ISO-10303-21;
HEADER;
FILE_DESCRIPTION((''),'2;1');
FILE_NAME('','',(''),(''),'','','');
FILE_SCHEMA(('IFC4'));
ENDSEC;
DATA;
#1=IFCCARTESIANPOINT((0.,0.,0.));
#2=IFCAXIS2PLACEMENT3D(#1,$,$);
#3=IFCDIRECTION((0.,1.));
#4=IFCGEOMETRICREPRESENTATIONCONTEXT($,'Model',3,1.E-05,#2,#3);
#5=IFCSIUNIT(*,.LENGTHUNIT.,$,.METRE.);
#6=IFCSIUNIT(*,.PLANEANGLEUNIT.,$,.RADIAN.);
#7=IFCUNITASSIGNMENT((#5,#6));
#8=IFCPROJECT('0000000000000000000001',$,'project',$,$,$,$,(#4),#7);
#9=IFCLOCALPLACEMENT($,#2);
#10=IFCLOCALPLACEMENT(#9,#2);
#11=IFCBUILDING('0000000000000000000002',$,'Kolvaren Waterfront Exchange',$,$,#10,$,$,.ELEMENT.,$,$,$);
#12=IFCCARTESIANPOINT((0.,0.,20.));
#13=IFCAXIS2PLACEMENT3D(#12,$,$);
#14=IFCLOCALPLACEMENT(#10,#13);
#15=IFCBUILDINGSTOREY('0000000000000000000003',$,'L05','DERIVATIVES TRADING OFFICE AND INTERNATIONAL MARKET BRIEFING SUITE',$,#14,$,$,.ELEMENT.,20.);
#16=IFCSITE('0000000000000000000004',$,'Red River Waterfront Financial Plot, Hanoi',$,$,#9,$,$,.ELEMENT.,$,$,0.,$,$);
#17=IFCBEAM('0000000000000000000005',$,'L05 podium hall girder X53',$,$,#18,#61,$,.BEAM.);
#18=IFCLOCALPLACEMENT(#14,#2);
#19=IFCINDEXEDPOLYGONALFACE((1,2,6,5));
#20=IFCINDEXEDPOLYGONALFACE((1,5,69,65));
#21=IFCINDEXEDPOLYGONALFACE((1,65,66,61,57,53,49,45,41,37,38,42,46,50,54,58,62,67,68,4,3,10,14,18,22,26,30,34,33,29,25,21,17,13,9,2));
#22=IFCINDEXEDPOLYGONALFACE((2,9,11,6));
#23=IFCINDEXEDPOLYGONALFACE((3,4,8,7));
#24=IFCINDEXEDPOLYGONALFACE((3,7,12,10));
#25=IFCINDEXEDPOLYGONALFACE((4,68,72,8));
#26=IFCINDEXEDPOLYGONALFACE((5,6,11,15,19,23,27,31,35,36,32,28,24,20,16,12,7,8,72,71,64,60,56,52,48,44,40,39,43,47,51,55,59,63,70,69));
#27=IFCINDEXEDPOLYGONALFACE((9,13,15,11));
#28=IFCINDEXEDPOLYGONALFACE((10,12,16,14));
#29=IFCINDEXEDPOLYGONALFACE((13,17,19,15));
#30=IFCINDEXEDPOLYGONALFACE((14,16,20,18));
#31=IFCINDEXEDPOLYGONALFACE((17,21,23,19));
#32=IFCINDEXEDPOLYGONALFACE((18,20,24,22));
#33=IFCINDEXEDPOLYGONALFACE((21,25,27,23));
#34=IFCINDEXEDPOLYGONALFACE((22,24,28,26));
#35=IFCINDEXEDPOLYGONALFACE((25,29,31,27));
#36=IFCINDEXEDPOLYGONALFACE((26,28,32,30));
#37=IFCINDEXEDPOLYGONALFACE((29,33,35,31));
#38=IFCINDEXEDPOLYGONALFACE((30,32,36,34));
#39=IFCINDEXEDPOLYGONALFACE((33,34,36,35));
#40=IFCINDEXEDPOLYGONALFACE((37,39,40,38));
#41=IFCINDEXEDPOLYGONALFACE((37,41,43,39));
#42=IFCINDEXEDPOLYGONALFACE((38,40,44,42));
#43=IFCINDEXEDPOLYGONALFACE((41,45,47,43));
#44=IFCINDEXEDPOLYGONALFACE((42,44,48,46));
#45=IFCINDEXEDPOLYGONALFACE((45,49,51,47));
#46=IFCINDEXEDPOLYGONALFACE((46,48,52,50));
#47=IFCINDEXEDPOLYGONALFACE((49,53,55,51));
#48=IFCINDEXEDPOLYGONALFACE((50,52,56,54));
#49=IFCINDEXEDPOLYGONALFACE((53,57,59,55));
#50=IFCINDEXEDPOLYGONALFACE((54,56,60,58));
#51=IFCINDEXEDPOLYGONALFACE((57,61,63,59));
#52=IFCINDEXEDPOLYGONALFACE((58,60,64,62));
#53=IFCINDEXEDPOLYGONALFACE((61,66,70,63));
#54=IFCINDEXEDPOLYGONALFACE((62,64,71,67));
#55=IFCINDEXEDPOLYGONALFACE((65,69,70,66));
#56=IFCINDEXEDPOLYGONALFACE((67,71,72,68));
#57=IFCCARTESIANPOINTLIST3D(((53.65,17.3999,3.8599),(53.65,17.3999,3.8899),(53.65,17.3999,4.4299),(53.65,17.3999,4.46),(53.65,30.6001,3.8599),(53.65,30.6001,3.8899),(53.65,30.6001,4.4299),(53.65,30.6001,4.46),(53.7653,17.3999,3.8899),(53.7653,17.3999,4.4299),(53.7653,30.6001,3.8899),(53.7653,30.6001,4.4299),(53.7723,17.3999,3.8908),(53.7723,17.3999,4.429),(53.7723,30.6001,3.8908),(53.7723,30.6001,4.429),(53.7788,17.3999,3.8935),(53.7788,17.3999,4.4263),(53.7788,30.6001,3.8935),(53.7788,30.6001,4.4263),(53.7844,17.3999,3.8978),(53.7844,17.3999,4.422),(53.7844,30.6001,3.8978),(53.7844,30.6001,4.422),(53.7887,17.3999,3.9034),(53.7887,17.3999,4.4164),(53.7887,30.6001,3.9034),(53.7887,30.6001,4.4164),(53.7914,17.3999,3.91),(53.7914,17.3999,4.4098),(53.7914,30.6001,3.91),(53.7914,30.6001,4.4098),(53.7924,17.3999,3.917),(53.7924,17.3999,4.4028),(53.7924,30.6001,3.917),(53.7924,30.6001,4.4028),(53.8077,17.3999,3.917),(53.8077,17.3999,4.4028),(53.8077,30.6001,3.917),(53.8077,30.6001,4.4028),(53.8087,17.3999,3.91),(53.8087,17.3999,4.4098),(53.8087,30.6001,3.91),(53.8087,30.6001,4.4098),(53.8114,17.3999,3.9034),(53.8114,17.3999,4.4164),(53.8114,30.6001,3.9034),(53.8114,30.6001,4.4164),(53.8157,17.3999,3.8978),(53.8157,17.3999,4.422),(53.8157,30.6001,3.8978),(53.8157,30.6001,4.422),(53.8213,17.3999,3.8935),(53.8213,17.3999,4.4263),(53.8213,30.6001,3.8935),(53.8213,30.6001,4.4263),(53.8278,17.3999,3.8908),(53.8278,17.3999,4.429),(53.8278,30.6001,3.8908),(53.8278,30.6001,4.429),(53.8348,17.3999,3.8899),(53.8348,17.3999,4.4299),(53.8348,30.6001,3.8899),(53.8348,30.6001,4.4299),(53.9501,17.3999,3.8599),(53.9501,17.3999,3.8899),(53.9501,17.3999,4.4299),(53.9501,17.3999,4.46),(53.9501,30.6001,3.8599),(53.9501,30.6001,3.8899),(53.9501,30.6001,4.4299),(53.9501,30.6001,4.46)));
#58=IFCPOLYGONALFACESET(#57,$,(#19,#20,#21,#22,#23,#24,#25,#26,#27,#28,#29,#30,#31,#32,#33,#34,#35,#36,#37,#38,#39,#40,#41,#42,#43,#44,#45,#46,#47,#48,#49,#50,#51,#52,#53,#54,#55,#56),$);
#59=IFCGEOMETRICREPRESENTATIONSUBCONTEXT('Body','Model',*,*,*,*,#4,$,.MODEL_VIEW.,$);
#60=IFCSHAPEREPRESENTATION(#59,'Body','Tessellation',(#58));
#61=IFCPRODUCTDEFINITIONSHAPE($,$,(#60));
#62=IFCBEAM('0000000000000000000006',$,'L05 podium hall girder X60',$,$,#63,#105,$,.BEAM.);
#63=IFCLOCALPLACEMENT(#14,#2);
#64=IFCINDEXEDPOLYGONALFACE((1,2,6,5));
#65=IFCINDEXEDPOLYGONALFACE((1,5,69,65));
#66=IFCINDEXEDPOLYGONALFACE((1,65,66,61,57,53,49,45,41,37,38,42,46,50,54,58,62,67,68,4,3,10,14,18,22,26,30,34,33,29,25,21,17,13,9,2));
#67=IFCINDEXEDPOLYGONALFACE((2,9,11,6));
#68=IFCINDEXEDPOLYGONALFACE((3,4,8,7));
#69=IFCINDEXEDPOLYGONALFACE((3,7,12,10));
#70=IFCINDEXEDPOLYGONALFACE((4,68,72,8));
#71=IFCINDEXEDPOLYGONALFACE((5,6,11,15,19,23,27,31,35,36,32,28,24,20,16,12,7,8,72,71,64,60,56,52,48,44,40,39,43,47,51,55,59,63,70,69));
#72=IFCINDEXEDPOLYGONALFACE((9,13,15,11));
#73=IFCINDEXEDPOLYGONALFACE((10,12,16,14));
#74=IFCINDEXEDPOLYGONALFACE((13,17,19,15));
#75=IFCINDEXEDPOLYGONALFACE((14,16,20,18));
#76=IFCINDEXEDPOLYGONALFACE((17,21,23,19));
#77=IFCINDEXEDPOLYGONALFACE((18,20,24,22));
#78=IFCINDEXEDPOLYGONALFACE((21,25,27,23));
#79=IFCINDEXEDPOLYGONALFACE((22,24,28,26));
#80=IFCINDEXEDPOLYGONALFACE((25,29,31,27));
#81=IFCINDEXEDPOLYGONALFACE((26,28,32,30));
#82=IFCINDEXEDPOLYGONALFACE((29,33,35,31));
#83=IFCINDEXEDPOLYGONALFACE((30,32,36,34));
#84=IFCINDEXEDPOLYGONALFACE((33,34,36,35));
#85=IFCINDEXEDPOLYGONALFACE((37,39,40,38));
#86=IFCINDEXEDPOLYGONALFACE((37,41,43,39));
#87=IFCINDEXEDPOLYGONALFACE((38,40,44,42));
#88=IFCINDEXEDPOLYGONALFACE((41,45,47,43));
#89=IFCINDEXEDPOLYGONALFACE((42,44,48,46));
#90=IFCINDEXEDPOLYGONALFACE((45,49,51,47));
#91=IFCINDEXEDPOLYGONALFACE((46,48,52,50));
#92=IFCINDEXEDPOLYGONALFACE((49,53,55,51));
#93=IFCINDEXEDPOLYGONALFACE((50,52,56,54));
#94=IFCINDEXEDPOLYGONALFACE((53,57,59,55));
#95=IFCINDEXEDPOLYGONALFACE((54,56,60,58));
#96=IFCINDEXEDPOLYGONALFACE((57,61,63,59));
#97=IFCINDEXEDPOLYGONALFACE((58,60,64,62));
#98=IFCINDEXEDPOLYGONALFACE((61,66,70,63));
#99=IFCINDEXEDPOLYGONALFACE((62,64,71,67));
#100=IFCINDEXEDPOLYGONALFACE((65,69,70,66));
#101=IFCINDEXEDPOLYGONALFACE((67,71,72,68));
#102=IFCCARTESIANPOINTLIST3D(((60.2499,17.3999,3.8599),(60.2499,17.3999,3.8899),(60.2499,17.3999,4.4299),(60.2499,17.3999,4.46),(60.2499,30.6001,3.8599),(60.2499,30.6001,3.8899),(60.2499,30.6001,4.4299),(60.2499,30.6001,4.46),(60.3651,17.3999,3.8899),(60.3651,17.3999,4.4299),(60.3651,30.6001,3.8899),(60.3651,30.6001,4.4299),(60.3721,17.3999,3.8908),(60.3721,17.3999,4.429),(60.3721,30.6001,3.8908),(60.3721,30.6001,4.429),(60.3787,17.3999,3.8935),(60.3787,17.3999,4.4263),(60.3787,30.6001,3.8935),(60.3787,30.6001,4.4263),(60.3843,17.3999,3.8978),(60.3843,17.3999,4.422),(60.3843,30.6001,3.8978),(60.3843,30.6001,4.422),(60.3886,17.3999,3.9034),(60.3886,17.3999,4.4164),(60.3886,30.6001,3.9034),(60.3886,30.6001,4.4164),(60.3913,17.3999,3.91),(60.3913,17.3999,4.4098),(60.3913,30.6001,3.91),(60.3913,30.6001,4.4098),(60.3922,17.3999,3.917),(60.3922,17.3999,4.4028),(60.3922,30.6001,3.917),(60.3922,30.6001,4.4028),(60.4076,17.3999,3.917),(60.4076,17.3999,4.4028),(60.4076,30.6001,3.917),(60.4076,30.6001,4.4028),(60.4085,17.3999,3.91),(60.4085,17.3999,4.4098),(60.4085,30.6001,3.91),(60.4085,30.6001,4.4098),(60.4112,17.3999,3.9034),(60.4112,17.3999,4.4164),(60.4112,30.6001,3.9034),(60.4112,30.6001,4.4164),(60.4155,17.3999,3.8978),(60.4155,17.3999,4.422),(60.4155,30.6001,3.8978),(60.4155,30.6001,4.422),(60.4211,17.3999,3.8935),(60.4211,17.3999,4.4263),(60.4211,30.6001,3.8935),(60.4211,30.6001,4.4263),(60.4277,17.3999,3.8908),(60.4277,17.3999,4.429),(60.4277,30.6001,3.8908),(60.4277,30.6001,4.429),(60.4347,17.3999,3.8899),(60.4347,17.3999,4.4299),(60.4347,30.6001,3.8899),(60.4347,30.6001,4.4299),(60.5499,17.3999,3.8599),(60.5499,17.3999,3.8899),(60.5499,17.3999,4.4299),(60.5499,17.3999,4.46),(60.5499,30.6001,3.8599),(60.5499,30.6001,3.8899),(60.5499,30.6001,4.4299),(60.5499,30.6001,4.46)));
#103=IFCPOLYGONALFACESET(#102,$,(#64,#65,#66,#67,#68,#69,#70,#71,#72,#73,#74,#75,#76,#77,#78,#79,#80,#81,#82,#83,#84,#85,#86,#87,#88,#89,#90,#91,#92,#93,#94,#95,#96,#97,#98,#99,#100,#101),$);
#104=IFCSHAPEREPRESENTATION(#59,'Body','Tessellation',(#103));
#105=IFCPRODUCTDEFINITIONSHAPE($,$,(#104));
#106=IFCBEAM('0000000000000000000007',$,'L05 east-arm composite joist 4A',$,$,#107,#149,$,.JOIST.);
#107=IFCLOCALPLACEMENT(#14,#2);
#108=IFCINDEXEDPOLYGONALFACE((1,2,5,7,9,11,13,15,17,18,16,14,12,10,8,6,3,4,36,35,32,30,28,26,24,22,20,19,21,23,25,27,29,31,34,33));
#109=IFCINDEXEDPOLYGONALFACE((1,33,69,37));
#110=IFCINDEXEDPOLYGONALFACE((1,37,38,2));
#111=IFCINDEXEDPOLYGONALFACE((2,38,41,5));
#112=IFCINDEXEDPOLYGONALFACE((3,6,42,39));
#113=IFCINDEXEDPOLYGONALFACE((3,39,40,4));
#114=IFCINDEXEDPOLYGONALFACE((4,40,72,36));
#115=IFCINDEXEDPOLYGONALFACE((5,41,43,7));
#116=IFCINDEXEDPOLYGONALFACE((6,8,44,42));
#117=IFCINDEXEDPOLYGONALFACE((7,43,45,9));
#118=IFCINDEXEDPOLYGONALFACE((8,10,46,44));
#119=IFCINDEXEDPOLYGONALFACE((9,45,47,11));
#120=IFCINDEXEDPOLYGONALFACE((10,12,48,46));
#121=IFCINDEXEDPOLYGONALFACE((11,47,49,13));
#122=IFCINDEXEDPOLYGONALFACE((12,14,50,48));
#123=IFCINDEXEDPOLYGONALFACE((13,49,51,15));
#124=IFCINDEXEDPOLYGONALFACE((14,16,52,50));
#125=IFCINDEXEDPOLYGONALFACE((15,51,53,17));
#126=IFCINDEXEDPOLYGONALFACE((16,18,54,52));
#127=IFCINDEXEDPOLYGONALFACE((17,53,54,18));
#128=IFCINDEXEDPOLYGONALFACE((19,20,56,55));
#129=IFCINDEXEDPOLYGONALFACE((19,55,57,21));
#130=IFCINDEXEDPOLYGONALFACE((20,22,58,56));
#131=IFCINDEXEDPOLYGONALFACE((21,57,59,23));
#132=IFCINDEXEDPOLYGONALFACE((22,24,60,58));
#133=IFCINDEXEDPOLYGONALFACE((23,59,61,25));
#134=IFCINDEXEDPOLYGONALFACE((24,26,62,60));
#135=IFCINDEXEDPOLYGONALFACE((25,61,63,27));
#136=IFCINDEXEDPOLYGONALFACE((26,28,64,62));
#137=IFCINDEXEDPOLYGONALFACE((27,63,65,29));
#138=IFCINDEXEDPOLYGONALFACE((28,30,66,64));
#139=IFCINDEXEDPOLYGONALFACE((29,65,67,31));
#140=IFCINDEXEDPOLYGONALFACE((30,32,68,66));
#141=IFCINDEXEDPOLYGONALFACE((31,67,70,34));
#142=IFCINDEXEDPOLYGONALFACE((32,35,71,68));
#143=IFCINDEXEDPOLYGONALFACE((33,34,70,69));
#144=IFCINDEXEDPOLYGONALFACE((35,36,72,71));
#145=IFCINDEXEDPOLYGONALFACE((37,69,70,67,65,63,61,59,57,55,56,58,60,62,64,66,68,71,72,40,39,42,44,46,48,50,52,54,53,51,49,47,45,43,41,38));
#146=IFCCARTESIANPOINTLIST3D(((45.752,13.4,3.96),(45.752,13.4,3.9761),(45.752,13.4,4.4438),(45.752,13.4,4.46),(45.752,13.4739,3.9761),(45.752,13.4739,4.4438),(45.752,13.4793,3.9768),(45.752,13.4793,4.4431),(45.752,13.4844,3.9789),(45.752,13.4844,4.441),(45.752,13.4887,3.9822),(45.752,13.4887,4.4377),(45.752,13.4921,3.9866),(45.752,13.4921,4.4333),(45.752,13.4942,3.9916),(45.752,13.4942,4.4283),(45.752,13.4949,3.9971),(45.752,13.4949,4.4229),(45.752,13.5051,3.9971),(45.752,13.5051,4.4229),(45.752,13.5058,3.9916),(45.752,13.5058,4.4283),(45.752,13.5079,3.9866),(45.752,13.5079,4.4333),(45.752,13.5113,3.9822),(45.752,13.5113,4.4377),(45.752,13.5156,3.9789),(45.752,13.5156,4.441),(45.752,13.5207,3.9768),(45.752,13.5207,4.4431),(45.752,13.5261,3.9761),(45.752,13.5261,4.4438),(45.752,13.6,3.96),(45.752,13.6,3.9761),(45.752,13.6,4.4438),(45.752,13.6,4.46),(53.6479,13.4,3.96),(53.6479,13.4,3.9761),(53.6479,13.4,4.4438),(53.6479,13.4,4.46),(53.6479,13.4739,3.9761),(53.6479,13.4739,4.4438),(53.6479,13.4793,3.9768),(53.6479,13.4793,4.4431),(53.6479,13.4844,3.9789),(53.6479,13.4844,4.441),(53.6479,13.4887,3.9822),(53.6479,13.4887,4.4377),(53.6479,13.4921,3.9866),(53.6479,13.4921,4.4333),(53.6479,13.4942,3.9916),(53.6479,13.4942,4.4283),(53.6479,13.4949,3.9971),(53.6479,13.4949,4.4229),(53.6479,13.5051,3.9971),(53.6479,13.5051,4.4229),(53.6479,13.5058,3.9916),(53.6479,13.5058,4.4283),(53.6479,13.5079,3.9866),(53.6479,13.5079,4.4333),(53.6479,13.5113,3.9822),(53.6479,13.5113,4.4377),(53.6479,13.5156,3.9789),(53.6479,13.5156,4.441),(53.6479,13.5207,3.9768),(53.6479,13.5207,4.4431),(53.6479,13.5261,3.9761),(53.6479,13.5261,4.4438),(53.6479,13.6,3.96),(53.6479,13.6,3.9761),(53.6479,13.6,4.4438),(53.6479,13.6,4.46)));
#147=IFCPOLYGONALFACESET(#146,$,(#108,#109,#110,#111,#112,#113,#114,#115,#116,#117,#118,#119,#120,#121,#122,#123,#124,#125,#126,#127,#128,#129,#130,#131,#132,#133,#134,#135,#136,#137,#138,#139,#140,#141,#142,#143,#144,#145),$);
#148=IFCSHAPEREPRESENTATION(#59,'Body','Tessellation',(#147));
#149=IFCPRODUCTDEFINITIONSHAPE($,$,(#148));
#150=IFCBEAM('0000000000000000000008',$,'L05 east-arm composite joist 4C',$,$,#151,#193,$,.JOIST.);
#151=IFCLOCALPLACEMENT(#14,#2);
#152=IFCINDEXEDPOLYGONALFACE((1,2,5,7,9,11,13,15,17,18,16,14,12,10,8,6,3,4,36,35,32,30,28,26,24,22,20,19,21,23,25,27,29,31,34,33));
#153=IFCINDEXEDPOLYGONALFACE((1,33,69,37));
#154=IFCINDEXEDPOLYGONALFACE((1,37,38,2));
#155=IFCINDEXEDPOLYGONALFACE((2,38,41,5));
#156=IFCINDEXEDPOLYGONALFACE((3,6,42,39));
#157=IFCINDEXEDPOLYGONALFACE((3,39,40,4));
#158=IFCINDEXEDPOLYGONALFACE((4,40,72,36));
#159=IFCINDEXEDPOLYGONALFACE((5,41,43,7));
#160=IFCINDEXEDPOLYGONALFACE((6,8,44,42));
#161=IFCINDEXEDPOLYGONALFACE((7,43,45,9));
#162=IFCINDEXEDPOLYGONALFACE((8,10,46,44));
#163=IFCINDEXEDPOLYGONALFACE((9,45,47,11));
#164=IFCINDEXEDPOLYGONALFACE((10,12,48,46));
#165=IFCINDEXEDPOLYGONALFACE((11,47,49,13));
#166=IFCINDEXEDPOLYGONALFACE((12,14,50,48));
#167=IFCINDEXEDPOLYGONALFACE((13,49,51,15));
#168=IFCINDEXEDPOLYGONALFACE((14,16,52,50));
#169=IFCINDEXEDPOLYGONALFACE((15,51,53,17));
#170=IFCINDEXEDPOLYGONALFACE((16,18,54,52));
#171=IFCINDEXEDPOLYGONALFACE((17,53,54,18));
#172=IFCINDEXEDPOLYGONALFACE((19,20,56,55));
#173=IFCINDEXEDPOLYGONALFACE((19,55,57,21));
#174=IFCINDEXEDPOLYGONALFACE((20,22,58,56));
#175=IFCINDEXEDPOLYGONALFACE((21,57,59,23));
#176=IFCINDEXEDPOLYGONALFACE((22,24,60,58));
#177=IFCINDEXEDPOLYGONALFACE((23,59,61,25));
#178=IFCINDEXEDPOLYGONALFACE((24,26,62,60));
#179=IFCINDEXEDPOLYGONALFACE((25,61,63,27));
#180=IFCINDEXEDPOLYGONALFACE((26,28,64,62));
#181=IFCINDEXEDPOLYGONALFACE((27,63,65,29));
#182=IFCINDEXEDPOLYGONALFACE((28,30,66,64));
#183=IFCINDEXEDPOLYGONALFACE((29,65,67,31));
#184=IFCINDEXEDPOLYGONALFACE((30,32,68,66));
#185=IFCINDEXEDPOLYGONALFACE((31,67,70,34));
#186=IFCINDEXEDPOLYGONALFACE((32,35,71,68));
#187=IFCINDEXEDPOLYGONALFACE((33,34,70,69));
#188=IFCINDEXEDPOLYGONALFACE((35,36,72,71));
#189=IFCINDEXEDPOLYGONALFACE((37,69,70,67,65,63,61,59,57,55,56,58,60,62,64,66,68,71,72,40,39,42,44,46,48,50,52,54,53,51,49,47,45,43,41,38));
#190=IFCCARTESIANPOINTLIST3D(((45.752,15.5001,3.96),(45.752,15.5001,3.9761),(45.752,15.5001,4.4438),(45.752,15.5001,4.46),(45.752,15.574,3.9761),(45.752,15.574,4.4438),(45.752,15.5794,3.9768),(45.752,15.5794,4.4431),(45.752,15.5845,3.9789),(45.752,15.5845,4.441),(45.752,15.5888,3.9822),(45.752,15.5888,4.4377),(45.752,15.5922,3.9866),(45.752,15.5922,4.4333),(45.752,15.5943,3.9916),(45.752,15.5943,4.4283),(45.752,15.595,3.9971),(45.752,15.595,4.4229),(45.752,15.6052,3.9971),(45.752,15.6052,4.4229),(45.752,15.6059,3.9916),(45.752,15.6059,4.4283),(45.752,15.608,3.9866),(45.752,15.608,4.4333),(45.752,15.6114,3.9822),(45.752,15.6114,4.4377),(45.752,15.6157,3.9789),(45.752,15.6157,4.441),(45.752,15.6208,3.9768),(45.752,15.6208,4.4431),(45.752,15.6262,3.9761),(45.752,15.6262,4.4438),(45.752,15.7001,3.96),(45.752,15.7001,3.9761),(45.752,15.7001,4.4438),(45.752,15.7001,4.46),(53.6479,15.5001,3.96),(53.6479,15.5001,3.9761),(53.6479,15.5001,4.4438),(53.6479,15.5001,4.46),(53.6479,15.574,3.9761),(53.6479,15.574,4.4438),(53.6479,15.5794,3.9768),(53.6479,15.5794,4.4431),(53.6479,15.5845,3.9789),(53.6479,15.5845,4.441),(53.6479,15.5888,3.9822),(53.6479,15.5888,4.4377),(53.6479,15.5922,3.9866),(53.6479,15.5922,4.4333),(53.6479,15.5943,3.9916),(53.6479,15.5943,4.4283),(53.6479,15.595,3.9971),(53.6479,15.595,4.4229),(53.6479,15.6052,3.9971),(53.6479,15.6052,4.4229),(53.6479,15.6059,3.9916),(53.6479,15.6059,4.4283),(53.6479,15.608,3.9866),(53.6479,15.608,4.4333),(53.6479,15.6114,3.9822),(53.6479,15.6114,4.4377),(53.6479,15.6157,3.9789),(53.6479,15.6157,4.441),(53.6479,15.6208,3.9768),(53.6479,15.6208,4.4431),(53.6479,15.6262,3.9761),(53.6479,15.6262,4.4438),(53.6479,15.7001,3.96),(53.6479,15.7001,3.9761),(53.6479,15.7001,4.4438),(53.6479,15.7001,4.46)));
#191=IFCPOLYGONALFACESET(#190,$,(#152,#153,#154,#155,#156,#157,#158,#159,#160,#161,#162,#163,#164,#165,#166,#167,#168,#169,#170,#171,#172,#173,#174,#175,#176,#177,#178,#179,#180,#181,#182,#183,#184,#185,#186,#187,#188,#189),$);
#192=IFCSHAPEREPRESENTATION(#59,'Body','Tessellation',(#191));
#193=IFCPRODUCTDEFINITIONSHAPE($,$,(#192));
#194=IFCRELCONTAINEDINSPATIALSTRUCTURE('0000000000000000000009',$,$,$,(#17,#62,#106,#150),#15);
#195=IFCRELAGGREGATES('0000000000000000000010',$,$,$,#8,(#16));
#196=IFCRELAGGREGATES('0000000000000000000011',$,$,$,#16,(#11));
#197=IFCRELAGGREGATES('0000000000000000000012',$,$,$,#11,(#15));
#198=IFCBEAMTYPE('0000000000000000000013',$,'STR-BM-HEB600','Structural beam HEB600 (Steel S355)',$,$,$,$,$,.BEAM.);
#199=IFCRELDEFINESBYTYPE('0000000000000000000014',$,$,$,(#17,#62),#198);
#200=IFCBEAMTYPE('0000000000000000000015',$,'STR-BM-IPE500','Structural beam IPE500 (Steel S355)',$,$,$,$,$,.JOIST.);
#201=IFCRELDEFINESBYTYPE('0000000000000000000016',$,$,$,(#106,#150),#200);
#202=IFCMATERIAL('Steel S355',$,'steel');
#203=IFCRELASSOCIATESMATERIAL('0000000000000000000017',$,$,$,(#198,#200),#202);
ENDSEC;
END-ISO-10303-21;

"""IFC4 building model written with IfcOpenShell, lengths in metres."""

from ifc_helpers import new_model, si_unit, direction, frame, origin, origin_2d, place, context, subcontext, project, spatial, i_section, extrude, material, material_profile, profile_set, type_object, element, save


model = new_model("IFC4")

# Units and contexts
model_context = context("Model", 3, precision=1e-05, world=origin(), true_north=direction((0.0, 1.0)))
body_context = subcontext(model_context, "Body", "Model", "MODEL_VIEW")
ifc_project = project(units=[si_unit("LENGTHUNIT", "METRE"), si_unit("PLANEANGLEUNIT", "RADIAN")], contexts=[model_context])

# Site, building, storey
site_placement = place(None, origin())
site = spatial("IfcSite", under=ifc_project, at=site_placement, Name="Red River Waterfront Financial Plot, Hanoi", CompositionType="ELEMENT", RefElevation=0.0)
building_placement = place(site_placement, origin())
building = spatial("IfcBuilding", under=site, at=building_placement, Name="Kolvaren Waterfront Exchange", CompositionType="ELEMENT")
storey_placement = place(building_placement, frame((0.0, 0.0, 20.0)))
storey = spatial("IfcBuildingStorey", under=building, at=storey_placement, Name="L05", Description="DERIVATIVES TRADING OFFICE AND INTERNATIONAL MARKET BRIEFING SUITE", CompositionType="ELEMENT", Elevation=20.0)

# Beams
ifc_material_1 = material(Name="Steel S355", Category="steel")
ifc_material_profile_1 = material_profile(ifc_material_1, i_section(OverallWidth=0.3, OverallDepth=0.6001, WebThickness=0.0154, FlangeThickness=0.03, FilletRadius=0.0271, at=origin_2d()), Name="HEB600")
ifc_profile_set_1 = profile_set([ifc_material_profile_1], Name="Steel S355")
beam_type_1 = type_object("IfcBeamType", Name="STR-BM-HEB600", Description="Structural beam HEB600 (Steel S355)", PredefinedType="BEAM", material=ifc_profile_set_1)
for number, where, z_axis, x_axis, name in (
    (1, (53.8, 17.3999, 4.1599), (0.0, 1.0, 0.0), (-1.0, 0.0, 0.0), "L05 podium hall girder X53"),
    (2, (60.3999, 17.3999, 4.1599), (0.0, 1.0, 0.0), (-1.0, 0.0, 0.0), "L05 podium hall girder X60"),
):
    element("IfcBeam", number, at=place(storey_placement, frame(where, z_axis=z_axis, x_axis=x_axis)), inside=storey, type_object=beam_type_1, Name=name, PredefinedType="BEAM", context=body_context, shape_type="SweptSolid", body=[
        extrude(i_section(OverallWidth=0.3, OverallDepth=0.6001, WebThickness=0.0154, FlangeThickness=0.03, FilletRadius=0.0271, at=origin_2d()), origin(), (0.0, 0.0, 1.0), 13.2002),
    ])
ifc_material_profile_2 = material_profile(ifc_material_1, i_section(OverallWidth=0.2, OverallDepth=0.5, WebThickness=0.0103, FlangeThickness=0.0161, FilletRadius=0.021, at=origin_2d()), Name="IPE500")
ifc_profile_set_2 = profile_set([ifc_material_profile_2], Name="Steel S355")
beam_type_2 = type_object("IfcBeamType", Name="STR-BM-IPE500", Description="Structural beam IPE500 (Steel S355)", PredefinedType="JOIST", material=ifc_profile_set_2)
for number, where, z_axis, x_axis, name in (
    (3, (45.752, 13.5, 4.21), (1.0, 0.0, 0.0), (0.0, 1.0, 0.0), "L05 east-arm composite joist 4A"),
    (4, (45.752, 15.6001, 4.21), (1.0, 0.0, 0.0), (0.0, 1.0, 0.0), "L05 east-arm composite joist 4C"),
):
    element("IfcBeam", number, at=place(storey_placement, frame(where, z_axis=z_axis, x_axis=x_axis)), inside=storey, type_object=beam_type_2, Name=name, PredefinedType="JOIST", context=body_context, shape_type="SweptSolid", body=[
        extrude(i_section(OverallWidth=0.2, OverallDepth=0.5, WebThickness=0.0103, FlangeThickness=0.0161, FilletRadius=0.021, at=origin_2d()), origin(), (0.0, 0.0, 1.0), 7.896),
    ])

save(model, "model.ifc")
